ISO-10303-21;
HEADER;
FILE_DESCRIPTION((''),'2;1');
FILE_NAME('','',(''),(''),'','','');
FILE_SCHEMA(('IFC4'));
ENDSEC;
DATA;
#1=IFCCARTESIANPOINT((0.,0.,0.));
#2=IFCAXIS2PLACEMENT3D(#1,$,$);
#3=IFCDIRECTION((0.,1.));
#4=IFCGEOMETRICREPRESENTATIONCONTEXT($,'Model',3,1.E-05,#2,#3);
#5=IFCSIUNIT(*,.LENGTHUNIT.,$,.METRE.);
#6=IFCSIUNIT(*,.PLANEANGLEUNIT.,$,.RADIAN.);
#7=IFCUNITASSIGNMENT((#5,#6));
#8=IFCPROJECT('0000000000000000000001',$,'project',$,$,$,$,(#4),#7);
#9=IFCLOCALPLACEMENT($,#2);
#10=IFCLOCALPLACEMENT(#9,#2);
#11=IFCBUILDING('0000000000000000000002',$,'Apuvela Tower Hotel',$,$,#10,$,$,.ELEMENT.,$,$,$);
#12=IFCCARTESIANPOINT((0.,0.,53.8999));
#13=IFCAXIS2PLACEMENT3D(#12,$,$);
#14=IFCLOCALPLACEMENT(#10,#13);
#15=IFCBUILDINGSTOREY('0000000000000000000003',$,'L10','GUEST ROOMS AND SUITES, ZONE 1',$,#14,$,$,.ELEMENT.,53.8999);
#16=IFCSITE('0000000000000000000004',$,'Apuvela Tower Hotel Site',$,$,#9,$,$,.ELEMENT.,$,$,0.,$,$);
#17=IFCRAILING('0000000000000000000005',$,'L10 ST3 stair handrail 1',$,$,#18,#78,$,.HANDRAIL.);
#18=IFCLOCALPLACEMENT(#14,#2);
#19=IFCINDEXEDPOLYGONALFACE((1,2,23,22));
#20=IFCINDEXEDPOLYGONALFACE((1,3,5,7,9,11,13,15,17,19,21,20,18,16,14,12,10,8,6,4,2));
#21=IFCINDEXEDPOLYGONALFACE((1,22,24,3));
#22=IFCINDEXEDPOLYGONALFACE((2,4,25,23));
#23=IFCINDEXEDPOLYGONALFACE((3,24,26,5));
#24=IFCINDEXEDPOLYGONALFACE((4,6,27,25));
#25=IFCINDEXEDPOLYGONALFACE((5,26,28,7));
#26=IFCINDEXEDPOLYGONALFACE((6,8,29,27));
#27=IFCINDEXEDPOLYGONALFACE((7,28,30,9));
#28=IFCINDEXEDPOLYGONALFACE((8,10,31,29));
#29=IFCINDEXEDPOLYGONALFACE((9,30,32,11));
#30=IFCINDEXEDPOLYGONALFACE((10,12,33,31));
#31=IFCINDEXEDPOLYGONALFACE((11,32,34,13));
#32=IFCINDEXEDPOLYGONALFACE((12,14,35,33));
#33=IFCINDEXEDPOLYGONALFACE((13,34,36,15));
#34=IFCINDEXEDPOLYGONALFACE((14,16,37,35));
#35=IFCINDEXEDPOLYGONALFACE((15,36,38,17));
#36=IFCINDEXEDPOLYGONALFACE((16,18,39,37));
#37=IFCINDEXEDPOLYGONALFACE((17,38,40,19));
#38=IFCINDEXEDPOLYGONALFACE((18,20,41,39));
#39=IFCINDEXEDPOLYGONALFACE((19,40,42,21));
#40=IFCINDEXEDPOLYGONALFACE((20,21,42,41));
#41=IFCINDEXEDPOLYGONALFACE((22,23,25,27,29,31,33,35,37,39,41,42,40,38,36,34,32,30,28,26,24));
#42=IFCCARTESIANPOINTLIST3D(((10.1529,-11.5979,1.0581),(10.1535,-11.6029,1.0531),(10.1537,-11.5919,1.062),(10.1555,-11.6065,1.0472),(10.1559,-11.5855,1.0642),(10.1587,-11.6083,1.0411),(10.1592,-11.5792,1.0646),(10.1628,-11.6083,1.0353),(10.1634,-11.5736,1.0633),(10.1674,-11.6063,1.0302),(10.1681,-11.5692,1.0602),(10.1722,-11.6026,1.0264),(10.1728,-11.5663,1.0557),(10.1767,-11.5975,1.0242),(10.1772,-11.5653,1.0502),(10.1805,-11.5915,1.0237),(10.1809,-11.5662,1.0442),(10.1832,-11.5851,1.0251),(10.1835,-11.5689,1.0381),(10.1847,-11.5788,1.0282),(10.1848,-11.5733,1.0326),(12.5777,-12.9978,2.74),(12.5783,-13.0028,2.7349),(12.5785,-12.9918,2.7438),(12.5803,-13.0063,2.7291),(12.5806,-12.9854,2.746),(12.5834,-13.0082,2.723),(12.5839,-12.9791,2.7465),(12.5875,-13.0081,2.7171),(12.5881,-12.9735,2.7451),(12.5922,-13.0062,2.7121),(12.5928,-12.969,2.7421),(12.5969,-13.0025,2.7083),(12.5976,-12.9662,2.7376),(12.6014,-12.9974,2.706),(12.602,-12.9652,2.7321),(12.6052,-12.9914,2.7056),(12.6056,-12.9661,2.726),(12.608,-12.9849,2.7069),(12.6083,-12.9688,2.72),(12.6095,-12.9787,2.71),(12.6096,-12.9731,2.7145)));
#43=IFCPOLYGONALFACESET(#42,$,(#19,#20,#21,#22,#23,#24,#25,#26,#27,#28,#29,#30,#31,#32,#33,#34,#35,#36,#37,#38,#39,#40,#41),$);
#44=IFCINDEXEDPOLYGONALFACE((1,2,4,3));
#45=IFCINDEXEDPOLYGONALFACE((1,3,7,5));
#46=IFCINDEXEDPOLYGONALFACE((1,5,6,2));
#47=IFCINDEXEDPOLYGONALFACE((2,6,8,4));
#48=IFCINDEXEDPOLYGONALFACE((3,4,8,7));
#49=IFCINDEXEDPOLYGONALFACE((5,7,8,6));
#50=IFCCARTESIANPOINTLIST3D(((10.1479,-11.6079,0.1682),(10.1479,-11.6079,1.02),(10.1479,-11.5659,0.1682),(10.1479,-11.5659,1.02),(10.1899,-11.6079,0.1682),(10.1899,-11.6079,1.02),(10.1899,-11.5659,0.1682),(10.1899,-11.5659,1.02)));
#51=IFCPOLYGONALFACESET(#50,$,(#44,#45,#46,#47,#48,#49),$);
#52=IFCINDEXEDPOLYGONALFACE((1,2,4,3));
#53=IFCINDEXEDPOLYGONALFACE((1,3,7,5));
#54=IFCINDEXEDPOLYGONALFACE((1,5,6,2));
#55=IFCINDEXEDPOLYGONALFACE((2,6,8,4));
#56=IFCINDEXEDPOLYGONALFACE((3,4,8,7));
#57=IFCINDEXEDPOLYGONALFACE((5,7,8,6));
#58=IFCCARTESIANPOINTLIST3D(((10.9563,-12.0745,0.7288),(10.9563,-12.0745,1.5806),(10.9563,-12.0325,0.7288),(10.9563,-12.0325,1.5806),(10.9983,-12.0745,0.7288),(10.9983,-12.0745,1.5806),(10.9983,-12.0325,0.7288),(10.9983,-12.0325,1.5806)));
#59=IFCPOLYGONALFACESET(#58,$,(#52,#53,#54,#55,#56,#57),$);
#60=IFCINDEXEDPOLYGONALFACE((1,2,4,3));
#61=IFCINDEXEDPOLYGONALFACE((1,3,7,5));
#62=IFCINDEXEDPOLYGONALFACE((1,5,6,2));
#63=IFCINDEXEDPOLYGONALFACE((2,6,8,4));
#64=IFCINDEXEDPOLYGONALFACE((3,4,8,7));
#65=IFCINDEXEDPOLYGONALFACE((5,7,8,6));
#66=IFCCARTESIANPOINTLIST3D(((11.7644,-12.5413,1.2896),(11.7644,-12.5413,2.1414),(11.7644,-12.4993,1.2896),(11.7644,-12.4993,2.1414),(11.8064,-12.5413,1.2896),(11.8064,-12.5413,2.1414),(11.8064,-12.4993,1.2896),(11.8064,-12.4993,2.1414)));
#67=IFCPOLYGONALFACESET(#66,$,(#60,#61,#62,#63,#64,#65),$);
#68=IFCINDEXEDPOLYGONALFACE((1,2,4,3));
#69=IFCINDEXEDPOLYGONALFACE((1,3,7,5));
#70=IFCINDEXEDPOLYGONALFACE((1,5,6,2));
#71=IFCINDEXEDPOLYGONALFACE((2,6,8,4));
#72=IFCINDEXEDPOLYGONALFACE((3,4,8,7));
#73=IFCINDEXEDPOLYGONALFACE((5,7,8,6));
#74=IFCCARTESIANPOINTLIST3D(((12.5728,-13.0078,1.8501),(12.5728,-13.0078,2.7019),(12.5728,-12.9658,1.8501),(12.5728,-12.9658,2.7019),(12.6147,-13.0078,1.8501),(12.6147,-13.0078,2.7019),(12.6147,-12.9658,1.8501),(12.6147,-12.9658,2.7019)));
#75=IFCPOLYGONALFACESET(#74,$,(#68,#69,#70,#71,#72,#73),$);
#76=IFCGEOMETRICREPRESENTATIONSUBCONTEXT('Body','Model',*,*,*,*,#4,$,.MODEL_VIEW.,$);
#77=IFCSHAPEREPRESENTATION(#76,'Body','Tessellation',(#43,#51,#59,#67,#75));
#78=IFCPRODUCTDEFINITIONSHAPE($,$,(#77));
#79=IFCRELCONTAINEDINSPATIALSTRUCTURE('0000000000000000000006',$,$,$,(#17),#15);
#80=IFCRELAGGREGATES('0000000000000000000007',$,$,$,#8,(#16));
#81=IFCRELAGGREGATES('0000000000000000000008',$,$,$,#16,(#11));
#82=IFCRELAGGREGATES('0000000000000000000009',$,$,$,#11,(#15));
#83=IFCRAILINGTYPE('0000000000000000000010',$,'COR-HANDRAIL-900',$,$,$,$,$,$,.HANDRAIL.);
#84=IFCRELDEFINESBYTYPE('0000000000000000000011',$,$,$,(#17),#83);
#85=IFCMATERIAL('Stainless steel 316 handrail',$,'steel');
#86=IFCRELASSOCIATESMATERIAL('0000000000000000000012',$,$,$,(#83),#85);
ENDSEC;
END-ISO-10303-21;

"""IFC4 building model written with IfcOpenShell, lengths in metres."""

from ifc_helpers import new_model, si_unit, direction, frame, origin, origin_2d, place, context, subcontext, project, spatial, rectangle, circle, extrude, material, type_object, element, save


model = new_model("IFC4")

# Units and contexts
model_context = context("Model", 3, precision=1e-05, world=origin(), true_north=direction((0.0, 1.0)))
body_context = subcontext(model_context, "Body", "Model", "MODEL_VIEW")
ifc_project = project(units=[si_unit("LENGTHUNIT", "METRE"), si_unit("PLANEANGLEUNIT", "RADIAN")], contexts=[model_context])

# Site, building, storey
site_placement = place(None, origin())
site = spatial("IfcSite", under=ifc_project, at=site_placement, Name="Apuvela Tower Hotel Site", CompositionType="ELEMENT", RefElevation=0.0)
building_placement = place(site_placement, origin())
building = spatial("IfcBuilding", under=site, at=building_placement, Name="Apuvela Tower Hotel", CompositionType="ELEMENT")
storey_placement = place(building_placement, frame((0.0, 0.0, 53.8999)))
storey = spatial("IfcBuildingStorey", under=building, at=storey_placement, Name="L10", Description="GUEST ROOMS AND SUITES, ZONE 1", CompositionType="ELEMENT", Elevation=53.8999)

# Railing
ifc_material_1 = material(Name="Stainless steel 316 handrail", Category="steel")
railing_type_1 = type_object("IfcRailingType", Name="COR-HANDRAIL-900", PredefinedType="HANDRAIL", material=ifc_material_1)
railing_1_placement = place(storey_placement, frame((10.1689, -11.5869, 0.1682)))
element("IfcRailing", 1, at=railing_1_placement, inside=storey, type_object=railing_type_1, Name="L10 ST3 stair handrail 1", PredefinedType="HANDRAIL", context=body_context, shape_type="SweptSolid", body=[
    extrude(circle(Radius=0.0239, at=origin_2d()), frame((0.0, 0.0, 0.876), z_axis=(0.74239, -0.428601, 0.514934), x_axis=(0.499984, 0.866035, 0.0)), (0.0, 0.0, 1.0), 3.2661),
    extrude(rectangle(XDim=0.042, YDim=0.042, at=origin_2d()), origin(), (0.0, 0.0, 1.0), 0.8518),
    extrude(rectangle(XDim=0.042, YDim=0.042, at=origin_2d()), frame((0.8083, -0.4666, 0.5605)), (0.0, 0.0, 1.0), 0.8518),
    extrude(rectangle(XDim=0.042, YDim=0.042, at=origin_2d()), frame((1.6165, -0.9333, 1.1213)), (0.0, 0.0, 1.0), 0.8518),
    extrude(rectangle(XDim=0.042, YDim=0.042, at=origin_2d()), frame((2.4248, -1.3999, 1.6819)), (0.0, 0.0, 1.0), 0.8518),
])

save(model, "model.ifc")
